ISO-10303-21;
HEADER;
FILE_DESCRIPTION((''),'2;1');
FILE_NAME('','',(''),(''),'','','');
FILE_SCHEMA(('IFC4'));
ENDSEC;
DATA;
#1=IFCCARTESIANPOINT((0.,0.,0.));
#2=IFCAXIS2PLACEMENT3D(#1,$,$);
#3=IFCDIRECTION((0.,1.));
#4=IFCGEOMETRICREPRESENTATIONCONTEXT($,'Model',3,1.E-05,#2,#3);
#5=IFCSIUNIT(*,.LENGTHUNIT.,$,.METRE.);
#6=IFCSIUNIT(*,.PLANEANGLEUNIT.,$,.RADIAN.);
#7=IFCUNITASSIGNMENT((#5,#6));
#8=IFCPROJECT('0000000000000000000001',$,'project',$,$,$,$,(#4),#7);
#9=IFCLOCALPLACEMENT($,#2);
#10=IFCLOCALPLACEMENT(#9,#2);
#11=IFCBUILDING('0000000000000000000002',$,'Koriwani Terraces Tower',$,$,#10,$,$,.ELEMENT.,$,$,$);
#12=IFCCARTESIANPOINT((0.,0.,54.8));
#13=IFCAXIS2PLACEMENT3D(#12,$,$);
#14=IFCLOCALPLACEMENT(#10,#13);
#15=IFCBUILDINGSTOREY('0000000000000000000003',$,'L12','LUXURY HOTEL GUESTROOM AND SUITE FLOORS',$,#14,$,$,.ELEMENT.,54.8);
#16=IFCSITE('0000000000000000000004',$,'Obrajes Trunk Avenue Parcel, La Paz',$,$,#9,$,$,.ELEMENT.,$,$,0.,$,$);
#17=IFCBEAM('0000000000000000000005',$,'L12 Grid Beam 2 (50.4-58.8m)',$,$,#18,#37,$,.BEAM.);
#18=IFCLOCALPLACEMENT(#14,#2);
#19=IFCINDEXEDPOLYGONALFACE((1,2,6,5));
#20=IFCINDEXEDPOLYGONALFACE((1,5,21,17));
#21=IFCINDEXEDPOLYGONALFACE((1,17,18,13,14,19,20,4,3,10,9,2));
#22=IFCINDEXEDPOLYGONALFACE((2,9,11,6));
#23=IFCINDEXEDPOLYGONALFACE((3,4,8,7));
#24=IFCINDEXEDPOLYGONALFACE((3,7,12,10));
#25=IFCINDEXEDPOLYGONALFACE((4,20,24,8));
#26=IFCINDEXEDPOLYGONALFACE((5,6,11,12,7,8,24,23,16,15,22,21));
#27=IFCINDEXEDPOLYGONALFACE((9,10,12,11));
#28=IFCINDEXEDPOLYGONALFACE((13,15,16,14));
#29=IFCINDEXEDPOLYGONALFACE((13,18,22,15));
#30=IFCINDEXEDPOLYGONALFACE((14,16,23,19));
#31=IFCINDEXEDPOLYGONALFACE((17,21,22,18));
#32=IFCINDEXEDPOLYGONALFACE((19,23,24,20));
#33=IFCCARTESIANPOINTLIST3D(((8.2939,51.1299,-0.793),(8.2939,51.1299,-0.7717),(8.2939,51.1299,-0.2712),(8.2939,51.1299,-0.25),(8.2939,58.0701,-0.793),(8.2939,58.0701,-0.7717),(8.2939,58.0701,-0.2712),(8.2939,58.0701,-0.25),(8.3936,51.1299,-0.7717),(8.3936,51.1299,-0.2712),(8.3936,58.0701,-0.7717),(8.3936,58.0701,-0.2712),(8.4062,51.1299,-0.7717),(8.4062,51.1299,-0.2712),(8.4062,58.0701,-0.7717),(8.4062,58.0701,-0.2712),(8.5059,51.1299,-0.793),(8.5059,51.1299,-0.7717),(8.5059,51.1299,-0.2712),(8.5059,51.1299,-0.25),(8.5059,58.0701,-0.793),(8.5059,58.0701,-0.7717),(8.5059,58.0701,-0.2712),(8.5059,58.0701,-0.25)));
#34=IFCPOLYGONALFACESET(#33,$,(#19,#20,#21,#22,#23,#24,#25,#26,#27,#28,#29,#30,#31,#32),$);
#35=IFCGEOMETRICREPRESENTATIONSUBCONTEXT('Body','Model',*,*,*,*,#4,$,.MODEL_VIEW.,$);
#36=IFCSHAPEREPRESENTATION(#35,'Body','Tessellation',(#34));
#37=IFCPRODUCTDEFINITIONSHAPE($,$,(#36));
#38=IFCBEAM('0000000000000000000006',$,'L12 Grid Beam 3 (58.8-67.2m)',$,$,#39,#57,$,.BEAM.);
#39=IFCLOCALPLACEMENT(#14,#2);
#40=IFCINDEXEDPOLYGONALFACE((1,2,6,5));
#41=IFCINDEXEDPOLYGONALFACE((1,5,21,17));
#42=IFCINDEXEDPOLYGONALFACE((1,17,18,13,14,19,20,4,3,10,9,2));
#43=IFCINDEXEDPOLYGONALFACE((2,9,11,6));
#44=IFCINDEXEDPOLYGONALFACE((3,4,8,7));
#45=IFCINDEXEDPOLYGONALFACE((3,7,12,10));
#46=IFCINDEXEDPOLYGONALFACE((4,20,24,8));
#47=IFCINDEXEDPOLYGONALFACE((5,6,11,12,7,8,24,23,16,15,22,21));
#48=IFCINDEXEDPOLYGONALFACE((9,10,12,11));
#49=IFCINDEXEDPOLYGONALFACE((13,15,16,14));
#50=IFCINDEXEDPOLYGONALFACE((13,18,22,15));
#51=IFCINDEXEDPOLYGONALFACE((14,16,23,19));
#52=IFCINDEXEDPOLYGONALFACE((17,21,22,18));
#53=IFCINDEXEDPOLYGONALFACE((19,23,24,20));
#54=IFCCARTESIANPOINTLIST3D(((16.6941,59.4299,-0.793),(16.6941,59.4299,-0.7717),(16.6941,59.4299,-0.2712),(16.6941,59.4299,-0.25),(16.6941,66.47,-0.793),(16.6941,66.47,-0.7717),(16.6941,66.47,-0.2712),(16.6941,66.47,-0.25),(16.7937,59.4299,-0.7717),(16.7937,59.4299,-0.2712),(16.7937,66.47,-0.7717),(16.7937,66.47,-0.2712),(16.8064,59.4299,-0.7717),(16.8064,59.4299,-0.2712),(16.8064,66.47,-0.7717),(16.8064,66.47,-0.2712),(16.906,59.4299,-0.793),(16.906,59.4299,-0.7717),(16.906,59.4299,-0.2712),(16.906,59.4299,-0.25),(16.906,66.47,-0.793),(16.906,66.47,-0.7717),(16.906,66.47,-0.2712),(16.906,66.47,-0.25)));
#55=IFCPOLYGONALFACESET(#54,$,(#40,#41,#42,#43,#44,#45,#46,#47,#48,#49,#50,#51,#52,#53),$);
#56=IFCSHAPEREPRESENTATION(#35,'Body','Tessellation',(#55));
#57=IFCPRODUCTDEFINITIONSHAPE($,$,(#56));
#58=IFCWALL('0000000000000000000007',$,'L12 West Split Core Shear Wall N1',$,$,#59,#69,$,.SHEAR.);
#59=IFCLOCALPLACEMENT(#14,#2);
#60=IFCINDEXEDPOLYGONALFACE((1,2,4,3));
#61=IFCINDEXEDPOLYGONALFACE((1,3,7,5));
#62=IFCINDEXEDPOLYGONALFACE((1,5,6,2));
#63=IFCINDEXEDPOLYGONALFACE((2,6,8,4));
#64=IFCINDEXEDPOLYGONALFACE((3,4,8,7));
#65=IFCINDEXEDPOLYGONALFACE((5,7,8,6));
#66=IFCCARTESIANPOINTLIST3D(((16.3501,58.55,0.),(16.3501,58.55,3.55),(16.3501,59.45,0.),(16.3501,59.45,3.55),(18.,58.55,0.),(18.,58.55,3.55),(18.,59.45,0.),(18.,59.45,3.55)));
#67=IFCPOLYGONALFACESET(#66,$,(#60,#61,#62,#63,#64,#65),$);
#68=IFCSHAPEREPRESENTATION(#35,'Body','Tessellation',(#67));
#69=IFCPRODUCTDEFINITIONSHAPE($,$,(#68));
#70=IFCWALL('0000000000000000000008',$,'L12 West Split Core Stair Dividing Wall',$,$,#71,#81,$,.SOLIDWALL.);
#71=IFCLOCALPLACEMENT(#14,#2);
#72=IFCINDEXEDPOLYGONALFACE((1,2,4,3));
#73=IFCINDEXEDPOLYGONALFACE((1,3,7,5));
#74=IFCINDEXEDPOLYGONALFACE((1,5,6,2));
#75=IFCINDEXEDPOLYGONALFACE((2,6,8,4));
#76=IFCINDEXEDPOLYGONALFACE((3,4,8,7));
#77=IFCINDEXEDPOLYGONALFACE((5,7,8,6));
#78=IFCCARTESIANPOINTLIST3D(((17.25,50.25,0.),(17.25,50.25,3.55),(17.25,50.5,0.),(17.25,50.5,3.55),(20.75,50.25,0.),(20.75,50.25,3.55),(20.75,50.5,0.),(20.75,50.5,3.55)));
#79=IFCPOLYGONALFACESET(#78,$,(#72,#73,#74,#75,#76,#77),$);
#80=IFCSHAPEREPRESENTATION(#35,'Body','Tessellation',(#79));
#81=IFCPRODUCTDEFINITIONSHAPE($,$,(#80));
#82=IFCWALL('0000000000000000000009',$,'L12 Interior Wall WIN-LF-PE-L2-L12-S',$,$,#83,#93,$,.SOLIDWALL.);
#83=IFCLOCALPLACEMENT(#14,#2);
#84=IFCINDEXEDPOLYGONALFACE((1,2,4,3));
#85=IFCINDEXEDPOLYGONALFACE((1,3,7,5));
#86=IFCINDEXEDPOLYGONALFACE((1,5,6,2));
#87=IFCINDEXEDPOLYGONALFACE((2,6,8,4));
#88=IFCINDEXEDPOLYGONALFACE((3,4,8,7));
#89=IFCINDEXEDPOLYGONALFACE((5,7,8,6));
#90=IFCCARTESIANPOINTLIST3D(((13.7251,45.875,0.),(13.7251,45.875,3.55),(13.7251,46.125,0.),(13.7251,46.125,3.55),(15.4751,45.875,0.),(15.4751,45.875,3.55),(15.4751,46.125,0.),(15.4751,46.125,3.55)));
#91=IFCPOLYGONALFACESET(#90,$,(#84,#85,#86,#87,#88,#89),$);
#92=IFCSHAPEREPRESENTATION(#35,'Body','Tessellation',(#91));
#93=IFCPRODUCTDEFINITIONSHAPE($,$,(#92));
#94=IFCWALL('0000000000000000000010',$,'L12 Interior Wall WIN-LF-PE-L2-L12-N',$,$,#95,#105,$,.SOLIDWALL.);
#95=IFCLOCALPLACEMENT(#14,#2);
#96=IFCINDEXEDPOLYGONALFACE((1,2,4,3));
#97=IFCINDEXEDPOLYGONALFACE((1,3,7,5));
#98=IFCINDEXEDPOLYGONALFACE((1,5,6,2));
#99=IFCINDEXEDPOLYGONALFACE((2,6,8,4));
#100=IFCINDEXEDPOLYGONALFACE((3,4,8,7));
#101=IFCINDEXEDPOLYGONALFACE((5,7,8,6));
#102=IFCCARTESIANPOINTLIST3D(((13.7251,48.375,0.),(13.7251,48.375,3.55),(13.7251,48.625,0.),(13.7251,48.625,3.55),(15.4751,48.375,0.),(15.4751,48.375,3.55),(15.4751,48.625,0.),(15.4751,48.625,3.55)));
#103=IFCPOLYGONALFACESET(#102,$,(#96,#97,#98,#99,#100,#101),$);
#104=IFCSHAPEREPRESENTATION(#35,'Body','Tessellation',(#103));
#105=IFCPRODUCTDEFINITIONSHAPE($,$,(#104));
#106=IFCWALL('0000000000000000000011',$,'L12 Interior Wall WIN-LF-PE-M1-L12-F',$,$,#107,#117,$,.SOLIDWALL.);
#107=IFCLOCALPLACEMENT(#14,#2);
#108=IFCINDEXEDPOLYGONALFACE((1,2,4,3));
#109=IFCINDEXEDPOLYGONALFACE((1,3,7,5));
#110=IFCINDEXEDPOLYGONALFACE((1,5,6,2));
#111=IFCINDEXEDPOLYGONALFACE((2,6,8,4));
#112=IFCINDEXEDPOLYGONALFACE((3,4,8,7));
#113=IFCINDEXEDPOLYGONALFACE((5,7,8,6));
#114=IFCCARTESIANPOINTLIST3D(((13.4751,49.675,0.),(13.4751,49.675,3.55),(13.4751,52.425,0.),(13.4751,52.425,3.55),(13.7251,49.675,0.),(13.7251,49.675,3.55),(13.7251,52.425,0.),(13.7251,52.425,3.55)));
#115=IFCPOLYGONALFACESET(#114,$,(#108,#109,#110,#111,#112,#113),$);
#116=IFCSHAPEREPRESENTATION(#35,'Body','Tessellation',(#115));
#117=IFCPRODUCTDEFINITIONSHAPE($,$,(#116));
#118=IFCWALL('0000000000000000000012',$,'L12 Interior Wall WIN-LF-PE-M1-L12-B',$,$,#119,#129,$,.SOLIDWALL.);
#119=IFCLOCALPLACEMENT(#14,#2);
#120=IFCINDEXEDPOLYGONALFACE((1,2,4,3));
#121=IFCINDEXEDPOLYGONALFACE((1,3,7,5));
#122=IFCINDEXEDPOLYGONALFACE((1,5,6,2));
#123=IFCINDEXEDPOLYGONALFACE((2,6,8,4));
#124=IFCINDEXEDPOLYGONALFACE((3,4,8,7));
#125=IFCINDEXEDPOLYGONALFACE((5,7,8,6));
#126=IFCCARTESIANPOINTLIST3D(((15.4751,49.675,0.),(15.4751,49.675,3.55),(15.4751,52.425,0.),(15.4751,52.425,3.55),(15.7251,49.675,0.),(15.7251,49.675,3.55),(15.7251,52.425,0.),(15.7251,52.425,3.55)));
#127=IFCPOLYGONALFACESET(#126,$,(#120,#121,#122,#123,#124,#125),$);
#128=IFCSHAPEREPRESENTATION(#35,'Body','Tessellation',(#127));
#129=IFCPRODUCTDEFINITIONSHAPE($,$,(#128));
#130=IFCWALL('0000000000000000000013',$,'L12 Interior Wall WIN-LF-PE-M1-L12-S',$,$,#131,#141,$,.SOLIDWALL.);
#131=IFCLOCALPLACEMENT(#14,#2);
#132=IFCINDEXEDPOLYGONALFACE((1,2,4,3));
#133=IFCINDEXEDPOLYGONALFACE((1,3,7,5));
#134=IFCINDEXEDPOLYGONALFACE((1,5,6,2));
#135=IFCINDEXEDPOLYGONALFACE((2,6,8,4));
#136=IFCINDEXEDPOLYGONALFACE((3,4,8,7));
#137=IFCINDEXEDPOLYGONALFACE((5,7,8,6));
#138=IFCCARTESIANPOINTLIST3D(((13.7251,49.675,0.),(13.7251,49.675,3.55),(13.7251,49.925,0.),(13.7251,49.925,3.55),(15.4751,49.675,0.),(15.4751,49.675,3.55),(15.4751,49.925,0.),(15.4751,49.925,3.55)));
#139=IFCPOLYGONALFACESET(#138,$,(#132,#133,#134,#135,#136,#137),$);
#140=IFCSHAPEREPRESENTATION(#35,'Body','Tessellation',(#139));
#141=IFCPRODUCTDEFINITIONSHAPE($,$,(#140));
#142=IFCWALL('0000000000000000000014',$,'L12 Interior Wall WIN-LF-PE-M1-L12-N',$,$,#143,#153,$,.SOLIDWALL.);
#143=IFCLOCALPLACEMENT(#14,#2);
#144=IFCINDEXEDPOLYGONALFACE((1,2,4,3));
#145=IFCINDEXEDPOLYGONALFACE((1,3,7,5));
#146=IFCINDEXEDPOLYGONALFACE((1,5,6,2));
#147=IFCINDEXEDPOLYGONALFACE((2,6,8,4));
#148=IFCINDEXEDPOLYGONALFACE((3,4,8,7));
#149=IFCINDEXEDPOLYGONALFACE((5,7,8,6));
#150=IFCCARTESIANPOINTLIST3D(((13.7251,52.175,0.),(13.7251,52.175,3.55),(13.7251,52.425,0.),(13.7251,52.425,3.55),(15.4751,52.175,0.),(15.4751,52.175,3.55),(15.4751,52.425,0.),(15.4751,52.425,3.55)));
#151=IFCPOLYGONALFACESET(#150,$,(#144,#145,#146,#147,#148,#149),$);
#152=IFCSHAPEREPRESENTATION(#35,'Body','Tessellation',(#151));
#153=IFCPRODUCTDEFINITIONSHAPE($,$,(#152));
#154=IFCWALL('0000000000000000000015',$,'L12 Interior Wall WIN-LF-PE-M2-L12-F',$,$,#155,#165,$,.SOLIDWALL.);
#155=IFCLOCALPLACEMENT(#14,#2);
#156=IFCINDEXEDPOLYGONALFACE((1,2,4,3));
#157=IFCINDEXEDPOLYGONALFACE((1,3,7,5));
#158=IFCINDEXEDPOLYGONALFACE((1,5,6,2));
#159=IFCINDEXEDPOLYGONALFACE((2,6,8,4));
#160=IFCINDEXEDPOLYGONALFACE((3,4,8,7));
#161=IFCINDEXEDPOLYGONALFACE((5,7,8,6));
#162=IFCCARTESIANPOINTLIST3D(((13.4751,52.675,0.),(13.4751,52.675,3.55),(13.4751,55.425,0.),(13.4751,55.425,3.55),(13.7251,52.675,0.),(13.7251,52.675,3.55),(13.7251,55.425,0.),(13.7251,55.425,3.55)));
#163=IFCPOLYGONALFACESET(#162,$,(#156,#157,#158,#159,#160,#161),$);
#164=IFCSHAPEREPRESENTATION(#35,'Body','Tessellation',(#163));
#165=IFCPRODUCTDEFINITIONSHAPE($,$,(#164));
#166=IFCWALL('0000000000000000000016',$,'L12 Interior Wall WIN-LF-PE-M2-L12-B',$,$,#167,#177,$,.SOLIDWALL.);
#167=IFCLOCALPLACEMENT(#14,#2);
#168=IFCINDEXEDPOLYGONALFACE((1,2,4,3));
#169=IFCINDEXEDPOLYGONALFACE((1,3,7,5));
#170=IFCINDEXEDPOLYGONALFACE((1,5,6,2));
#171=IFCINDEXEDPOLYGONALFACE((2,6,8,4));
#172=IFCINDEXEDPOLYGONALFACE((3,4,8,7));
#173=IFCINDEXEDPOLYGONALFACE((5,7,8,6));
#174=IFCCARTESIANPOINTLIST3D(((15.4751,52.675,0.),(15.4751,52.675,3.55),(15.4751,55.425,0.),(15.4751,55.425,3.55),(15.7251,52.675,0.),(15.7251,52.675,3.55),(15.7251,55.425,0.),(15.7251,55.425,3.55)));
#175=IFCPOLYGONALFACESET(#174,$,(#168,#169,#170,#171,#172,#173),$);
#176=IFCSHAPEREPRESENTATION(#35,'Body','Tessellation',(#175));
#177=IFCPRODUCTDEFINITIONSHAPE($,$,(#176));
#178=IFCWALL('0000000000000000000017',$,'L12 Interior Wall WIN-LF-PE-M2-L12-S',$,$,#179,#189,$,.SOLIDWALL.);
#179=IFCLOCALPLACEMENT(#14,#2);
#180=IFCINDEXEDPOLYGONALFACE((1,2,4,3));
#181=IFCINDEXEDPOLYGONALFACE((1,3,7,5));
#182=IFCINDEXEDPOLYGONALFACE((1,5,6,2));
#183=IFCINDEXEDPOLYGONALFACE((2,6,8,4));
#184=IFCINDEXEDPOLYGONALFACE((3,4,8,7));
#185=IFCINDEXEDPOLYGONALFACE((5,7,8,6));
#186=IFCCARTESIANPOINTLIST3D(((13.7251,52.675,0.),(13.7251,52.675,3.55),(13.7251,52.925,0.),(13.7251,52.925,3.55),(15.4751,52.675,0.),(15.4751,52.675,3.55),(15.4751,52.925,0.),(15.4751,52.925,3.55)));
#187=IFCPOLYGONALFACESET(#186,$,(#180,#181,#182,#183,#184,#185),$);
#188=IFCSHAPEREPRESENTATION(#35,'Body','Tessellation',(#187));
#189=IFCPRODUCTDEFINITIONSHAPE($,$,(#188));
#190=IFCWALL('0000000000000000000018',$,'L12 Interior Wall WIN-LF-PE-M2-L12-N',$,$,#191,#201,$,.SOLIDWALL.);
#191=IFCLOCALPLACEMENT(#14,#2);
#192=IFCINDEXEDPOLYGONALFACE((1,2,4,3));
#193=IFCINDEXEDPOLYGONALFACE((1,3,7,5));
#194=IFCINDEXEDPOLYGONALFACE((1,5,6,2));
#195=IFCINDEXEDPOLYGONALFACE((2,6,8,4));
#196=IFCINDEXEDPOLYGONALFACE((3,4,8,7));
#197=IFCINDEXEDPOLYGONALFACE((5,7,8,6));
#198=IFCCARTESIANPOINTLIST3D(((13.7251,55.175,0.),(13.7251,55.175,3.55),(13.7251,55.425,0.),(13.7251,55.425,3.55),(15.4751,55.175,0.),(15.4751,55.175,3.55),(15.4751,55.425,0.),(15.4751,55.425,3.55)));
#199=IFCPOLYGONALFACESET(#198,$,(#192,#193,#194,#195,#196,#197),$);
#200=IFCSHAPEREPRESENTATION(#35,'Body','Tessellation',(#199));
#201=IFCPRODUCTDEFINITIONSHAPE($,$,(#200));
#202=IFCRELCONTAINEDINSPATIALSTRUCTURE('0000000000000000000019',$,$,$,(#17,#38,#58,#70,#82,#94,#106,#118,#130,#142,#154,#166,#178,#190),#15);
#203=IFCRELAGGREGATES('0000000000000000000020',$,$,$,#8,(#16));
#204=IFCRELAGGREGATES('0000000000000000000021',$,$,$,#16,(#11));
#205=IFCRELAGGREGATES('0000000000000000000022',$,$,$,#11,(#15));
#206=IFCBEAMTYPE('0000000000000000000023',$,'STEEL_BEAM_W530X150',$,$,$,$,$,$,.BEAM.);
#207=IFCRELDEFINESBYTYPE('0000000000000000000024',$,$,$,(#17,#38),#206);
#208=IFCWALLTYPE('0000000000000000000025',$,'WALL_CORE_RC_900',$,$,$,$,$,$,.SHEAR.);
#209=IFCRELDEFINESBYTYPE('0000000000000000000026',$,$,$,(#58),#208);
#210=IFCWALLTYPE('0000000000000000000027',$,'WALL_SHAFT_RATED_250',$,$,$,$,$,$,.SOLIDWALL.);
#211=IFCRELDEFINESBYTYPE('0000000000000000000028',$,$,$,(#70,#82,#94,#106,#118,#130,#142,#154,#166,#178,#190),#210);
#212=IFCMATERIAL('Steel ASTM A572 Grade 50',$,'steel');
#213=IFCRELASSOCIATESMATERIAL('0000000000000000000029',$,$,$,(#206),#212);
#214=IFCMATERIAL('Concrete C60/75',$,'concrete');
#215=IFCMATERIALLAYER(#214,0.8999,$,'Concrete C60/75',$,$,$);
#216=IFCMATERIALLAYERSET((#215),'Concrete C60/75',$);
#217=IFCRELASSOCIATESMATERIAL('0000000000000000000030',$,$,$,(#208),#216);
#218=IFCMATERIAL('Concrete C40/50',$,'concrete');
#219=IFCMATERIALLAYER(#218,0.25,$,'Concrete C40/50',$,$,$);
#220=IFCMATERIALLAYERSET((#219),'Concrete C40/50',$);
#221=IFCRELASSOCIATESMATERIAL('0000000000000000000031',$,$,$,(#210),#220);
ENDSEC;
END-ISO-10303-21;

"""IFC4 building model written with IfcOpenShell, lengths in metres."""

from ifc_helpers import new_model, si_unit, direction, frame, frame_2d, origin, origin_2d, place, context, subcontext, project, spatial, rectangle, i_section, extrude, material, layer, layer_set, material_profile, profile_set, type_object, element, save


model = new_model("IFC4")

# Units and contexts
model_context = context("Model", 3, precision=1e-05, world=origin(), true_north=direction((0.0, 1.0)))
body_context = subcontext(model_context, "Body", "Model", "MODEL_VIEW")
ifc_project = project(units=[si_unit("LENGTHUNIT", "METRE"), si_unit("PLANEANGLEUNIT", "RADIAN")], contexts=[model_context])

# Site, building, storey
site_placement = place(None, origin())
site = spatial("IfcSite", under=ifc_project, at=site_placement, Name="Obrajes Trunk Avenue Parcel, La Paz", CompositionType="ELEMENT", RefElevation=0.0)
building_placement = place(site_placement, origin())
building = spatial("IfcBuilding", under=site, at=building_placement, Name="Koriwani Terraces Tower", CompositionType="ELEMENT")
storey_placement = place(building_placement, frame((0.0, 0.0, 54.8)))
storey = spatial("IfcBuildingStorey", under=building, at=storey_placement, Name="L12", Description="LUXURY HOTEL GUESTROOM AND SUITE FLOORS", CompositionType="ELEMENT", Elevation=54.8)

# Shared definitions
ifc_material_1 = material(Name="Concrete C60/75", Category="concrete")

# Beams
ifc_material_2 = material(Name="Concrete C40/50", Category="concrete")
ifc_material_3 = material(Name="Steel ASTM A572 Grade 50", Category="steel")
ifc_material_profile_1 = material_profile(ifc_material_3, i_section(OverallWidth=0.2119, OverallDepth=0.543, WebThickness=0.0127, FlangeThickness=0.0212, at=origin_2d()), Name="Steel ASTM A572 Grade 50", Category="LoadBearing")
ifc_profile_set_1 = profile_set([ifc_material_profile_1], Name="Steel ASTM A572 Grade 50")
beam_type_1 = type_object("IfcBeamType", Name="STEEL_BEAM_W530X150", PredefinedType="BEAM", material=ifc_profile_set_1)
beam_1_placement = place(storey_placement, frame((8.3999, 51.1299, -0.5215), z_axis=(0.0, 1.0, 0.0), x_axis=(-1.0, 0.0, 0.0)))
element("IfcBeam", 1, at=beam_1_placement, inside=storey, type_object=beam_type_1, Name="L12 Grid Beam 2 (50.4-58.8m)", PredefinedType="BEAM", context=body_context, shape_type="SweptSolid", body=[
    extrude(i_section(OverallWidth=0.2119, OverallDepth=0.543, WebThickness=0.0127, FlangeThickness=0.0212, at=origin_2d()), origin(), (0.0, 0.0, 1.0), 6.9402),
])
beam_2_placement = place(storey_placement, frame((16.8, 59.4299, -0.5215), z_axis=(0.0, 1.0, 0.0), x_axis=(-1.0, 0.0, 0.0)))
element("IfcBeam", 2, at=beam_2_placement, inside=storey, type_object=beam_type_1, Name="L12 Grid Beam 3 (58.8-67.2m)", PredefinedType="BEAM", context=body_context, shape_type="SweptSolid", body=[
    extrude(i_section(OverallWidth=0.2119, OverallDepth=0.543, WebThickness=0.0127, FlangeThickness=0.0212, at=origin_2d()), origin(), (0.0, 0.0, 1.0), 7.04),
])

# Walls
ifc_layer_1 = layer(ifc_material_1, 0.8999, Name="Concrete C60/75")
ifc_layer_set_1 = layer_set([ifc_layer_1], Name="Concrete C60/75")
wall_type_1 = type_object("IfcWallType", Name="WALL_CORE_RC_900", PredefinedType="SHEAR", material=ifc_layer_set_1)
wall_1_placement = place(storey_placement, frame((16.3501, 59.0, 0.0), z_axis=(0.0, 0.0, 1.0), x_axis=(1.0, 0.0, 0.0)))
element("IfcWall", 3, at=wall_1_placement, inside=storey, type_object=wall_type_1, Name="L12 West Split Core Shear Wall N1", PredefinedType="SHEAR", context=body_context, shape_type="SweptSolid", body=[
    extrude(rectangle(XDim=1.6499, YDim=0.8999, at=frame_2d((0.825, 0.0))), origin(), (0.0, 0.0, 1.0), 3.55),
])
ifc_layer_2 = layer(ifc_material_2, 0.25, Name="Concrete C40/50")
ifc_layer_set_2 = layer_set([ifc_layer_2], Name="Concrete C40/50")
wall_type_2 = type_object("IfcWallType", Name="WALL_SHAFT_RATED_250", PredefinedType="SOLIDWALL", material=ifc_layer_set_2)
wall_2_placement = place(storey_placement, frame((17.25, 50.375, 0.0), z_axis=(0.0, 0.0, 1.0), x_axis=(1.0, 0.0, 0.0)))
element("IfcWall", 4, at=wall_2_placement, inside=storey, type_object=wall_type_2, Name="L12 West Split Core Stair Dividing Wall", PredefinedType="SOLIDWALL", context=body_context, shape_type="SweptSolid", body=[
    extrude(rectangle(XDim=3.5, YDim=0.25, at=frame_2d((1.75, 0.0))), origin(), (0.0, 0.0, 1.0), 3.55),
])

# Walls
for number, where, z_axis, x_axis, name in (
    (5, (13.7251, 46.0, 0.0), (0.0, 0.0, 1.0), (1.0, 0.0, 0.0), "L12 Interior Wall WIN-LF-PE-L2-L12-S"),
    (6, (13.7251, 48.5, 0.0), (0.0, 0.0, 1.0), (1.0, 0.0, 0.0), "L12 Interior Wall WIN-LF-PE-L2-L12-N"),
):
    element("IfcWall", number, at=place(storey_placement, frame(where, z_axis=z_axis, x_axis=x_axis)), inside=storey, type_object=wall_type_2, Name=name, PredefinedType="SOLIDWALL", context=body_context, shape_type="SweptSolid", body=[
        extrude(rectangle(XDim=1.75, YDim=0.25, at=frame_2d((0.875, 0.0))), origin(), (0.0, 0.0, 1.0), 3.55),
    ])
for number, where, z_axis, x_axis, name in (
    (7, (13.6001, 49.675, 0.0), (0.0, 0.0, 1.0), (0.0, 1.0, 0.0), "L12 Interior Wall WIN-LF-PE-M1-L12-F"),
    (8, (15.6001, 49.675, 0.0), (0.0, 0.0, 1.0), (0.0, 1.0, 0.0), "L12 Interior Wall WIN-LF-PE-M1-L12-B"),
):
    element("IfcWall", number, at=place(storey_placement, frame(where, z_axis=z_axis, x_axis=x_axis)), inside=storey, type_object=wall_type_2, Name=name, PredefinedType="SOLIDWALL", context=body_context, shape_type="SweptSolid", body=[
        extrude(rectangle(XDim=2.75, YDim=0.25, at=frame_2d((1.375, 0.0))), origin(), (0.0, 0.0, 1.0), 3.55),
    ])
for number, where, z_axis, x_axis, name in (
    (9, (13.7251, 49.8, 0.0), (0.0, 0.0, 1.0), (1.0, 0.0, 0.0), "L12 Interior Wall WIN-LF-PE-M1-L12-S"),
    (10, (13.7251, 52.3, 0.0), (0.0, 0.0, 1.0), (1.0, 0.0, 0.0), "L12 Interior Wall WIN-LF-PE-M1-L12-N"),
):
    element("IfcWall", number, at=place(storey_placement, frame(where, z_axis=z_axis, x_axis=x_axis)), inside=storey, type_object=wall_type_2, Name=name, PredefinedType="SOLIDWALL", context=body_context, shape_type="SweptSolid", body=[
        extrude(rectangle(XDim=1.75, YDim=0.25, at=frame_2d((0.875, 0.0))), origin(), (0.0, 0.0, 1.0), 3.55),
    ])
for number, where, z_axis, x_axis, name in (
    (11, (13.6001, 52.675, 0.0), (0.0, 0.0, 1.0), (0.0, 1.0, 0.0), "L12 Interior Wall WIN-LF-PE-M2-L12-F"),
    (12, (15.6001, 52.675, 0.0), (0.0, 0.0, 1.0), (0.0, 1.0, 0.0), "L12 Interior Wall WIN-LF-PE-M2-L12-B"),
):
    element("IfcWall", number, at=place(storey_placement, frame(where, z_axis=z_axis, x_axis=x_axis)), inside=storey, type_object=wall_type_2, Name=name, PredefinedType="SOLIDWALL", context=body_context, shape_type="SweptSolid", body=[
        extrude(rectangle(XDim=2.75, YDim=0.25, at=frame_2d((1.375, 0.0))), origin(), (0.0, 0.0, 1.0), 3.55),
    ])
for number, where, z_axis, x_axis, name in (
    (13, (13.7251, 52.8, 0.0), (0.0, 0.0, 1.0), (1.0, 0.0, 0.0), "L12 Interior Wall WIN-LF-PE-M2-L12-S"),
    (14, (13.7251, 55.3, 0.0), (0.0, 0.0, 1.0), (1.0, 0.0, 0.0), "L12 Interior Wall WIN-LF-PE-M2-L12-N"),
):
    element("IfcWall", number, at=place(storey_placement, frame(where, z_axis=z_axis, x_axis=x_axis)), inside=storey, type_object=wall_type_2, Name=name, PredefinedType="SOLIDWALL", context=body_context, shape_type="SweptSolid", body=[
        extrude(rectangle(XDim=1.75, YDim=0.25, at=frame_2d((0.875, 0.0))), origin(), (0.0, 0.0, 1.0), 3.55),
    ])

save(model, "model.ifc")
